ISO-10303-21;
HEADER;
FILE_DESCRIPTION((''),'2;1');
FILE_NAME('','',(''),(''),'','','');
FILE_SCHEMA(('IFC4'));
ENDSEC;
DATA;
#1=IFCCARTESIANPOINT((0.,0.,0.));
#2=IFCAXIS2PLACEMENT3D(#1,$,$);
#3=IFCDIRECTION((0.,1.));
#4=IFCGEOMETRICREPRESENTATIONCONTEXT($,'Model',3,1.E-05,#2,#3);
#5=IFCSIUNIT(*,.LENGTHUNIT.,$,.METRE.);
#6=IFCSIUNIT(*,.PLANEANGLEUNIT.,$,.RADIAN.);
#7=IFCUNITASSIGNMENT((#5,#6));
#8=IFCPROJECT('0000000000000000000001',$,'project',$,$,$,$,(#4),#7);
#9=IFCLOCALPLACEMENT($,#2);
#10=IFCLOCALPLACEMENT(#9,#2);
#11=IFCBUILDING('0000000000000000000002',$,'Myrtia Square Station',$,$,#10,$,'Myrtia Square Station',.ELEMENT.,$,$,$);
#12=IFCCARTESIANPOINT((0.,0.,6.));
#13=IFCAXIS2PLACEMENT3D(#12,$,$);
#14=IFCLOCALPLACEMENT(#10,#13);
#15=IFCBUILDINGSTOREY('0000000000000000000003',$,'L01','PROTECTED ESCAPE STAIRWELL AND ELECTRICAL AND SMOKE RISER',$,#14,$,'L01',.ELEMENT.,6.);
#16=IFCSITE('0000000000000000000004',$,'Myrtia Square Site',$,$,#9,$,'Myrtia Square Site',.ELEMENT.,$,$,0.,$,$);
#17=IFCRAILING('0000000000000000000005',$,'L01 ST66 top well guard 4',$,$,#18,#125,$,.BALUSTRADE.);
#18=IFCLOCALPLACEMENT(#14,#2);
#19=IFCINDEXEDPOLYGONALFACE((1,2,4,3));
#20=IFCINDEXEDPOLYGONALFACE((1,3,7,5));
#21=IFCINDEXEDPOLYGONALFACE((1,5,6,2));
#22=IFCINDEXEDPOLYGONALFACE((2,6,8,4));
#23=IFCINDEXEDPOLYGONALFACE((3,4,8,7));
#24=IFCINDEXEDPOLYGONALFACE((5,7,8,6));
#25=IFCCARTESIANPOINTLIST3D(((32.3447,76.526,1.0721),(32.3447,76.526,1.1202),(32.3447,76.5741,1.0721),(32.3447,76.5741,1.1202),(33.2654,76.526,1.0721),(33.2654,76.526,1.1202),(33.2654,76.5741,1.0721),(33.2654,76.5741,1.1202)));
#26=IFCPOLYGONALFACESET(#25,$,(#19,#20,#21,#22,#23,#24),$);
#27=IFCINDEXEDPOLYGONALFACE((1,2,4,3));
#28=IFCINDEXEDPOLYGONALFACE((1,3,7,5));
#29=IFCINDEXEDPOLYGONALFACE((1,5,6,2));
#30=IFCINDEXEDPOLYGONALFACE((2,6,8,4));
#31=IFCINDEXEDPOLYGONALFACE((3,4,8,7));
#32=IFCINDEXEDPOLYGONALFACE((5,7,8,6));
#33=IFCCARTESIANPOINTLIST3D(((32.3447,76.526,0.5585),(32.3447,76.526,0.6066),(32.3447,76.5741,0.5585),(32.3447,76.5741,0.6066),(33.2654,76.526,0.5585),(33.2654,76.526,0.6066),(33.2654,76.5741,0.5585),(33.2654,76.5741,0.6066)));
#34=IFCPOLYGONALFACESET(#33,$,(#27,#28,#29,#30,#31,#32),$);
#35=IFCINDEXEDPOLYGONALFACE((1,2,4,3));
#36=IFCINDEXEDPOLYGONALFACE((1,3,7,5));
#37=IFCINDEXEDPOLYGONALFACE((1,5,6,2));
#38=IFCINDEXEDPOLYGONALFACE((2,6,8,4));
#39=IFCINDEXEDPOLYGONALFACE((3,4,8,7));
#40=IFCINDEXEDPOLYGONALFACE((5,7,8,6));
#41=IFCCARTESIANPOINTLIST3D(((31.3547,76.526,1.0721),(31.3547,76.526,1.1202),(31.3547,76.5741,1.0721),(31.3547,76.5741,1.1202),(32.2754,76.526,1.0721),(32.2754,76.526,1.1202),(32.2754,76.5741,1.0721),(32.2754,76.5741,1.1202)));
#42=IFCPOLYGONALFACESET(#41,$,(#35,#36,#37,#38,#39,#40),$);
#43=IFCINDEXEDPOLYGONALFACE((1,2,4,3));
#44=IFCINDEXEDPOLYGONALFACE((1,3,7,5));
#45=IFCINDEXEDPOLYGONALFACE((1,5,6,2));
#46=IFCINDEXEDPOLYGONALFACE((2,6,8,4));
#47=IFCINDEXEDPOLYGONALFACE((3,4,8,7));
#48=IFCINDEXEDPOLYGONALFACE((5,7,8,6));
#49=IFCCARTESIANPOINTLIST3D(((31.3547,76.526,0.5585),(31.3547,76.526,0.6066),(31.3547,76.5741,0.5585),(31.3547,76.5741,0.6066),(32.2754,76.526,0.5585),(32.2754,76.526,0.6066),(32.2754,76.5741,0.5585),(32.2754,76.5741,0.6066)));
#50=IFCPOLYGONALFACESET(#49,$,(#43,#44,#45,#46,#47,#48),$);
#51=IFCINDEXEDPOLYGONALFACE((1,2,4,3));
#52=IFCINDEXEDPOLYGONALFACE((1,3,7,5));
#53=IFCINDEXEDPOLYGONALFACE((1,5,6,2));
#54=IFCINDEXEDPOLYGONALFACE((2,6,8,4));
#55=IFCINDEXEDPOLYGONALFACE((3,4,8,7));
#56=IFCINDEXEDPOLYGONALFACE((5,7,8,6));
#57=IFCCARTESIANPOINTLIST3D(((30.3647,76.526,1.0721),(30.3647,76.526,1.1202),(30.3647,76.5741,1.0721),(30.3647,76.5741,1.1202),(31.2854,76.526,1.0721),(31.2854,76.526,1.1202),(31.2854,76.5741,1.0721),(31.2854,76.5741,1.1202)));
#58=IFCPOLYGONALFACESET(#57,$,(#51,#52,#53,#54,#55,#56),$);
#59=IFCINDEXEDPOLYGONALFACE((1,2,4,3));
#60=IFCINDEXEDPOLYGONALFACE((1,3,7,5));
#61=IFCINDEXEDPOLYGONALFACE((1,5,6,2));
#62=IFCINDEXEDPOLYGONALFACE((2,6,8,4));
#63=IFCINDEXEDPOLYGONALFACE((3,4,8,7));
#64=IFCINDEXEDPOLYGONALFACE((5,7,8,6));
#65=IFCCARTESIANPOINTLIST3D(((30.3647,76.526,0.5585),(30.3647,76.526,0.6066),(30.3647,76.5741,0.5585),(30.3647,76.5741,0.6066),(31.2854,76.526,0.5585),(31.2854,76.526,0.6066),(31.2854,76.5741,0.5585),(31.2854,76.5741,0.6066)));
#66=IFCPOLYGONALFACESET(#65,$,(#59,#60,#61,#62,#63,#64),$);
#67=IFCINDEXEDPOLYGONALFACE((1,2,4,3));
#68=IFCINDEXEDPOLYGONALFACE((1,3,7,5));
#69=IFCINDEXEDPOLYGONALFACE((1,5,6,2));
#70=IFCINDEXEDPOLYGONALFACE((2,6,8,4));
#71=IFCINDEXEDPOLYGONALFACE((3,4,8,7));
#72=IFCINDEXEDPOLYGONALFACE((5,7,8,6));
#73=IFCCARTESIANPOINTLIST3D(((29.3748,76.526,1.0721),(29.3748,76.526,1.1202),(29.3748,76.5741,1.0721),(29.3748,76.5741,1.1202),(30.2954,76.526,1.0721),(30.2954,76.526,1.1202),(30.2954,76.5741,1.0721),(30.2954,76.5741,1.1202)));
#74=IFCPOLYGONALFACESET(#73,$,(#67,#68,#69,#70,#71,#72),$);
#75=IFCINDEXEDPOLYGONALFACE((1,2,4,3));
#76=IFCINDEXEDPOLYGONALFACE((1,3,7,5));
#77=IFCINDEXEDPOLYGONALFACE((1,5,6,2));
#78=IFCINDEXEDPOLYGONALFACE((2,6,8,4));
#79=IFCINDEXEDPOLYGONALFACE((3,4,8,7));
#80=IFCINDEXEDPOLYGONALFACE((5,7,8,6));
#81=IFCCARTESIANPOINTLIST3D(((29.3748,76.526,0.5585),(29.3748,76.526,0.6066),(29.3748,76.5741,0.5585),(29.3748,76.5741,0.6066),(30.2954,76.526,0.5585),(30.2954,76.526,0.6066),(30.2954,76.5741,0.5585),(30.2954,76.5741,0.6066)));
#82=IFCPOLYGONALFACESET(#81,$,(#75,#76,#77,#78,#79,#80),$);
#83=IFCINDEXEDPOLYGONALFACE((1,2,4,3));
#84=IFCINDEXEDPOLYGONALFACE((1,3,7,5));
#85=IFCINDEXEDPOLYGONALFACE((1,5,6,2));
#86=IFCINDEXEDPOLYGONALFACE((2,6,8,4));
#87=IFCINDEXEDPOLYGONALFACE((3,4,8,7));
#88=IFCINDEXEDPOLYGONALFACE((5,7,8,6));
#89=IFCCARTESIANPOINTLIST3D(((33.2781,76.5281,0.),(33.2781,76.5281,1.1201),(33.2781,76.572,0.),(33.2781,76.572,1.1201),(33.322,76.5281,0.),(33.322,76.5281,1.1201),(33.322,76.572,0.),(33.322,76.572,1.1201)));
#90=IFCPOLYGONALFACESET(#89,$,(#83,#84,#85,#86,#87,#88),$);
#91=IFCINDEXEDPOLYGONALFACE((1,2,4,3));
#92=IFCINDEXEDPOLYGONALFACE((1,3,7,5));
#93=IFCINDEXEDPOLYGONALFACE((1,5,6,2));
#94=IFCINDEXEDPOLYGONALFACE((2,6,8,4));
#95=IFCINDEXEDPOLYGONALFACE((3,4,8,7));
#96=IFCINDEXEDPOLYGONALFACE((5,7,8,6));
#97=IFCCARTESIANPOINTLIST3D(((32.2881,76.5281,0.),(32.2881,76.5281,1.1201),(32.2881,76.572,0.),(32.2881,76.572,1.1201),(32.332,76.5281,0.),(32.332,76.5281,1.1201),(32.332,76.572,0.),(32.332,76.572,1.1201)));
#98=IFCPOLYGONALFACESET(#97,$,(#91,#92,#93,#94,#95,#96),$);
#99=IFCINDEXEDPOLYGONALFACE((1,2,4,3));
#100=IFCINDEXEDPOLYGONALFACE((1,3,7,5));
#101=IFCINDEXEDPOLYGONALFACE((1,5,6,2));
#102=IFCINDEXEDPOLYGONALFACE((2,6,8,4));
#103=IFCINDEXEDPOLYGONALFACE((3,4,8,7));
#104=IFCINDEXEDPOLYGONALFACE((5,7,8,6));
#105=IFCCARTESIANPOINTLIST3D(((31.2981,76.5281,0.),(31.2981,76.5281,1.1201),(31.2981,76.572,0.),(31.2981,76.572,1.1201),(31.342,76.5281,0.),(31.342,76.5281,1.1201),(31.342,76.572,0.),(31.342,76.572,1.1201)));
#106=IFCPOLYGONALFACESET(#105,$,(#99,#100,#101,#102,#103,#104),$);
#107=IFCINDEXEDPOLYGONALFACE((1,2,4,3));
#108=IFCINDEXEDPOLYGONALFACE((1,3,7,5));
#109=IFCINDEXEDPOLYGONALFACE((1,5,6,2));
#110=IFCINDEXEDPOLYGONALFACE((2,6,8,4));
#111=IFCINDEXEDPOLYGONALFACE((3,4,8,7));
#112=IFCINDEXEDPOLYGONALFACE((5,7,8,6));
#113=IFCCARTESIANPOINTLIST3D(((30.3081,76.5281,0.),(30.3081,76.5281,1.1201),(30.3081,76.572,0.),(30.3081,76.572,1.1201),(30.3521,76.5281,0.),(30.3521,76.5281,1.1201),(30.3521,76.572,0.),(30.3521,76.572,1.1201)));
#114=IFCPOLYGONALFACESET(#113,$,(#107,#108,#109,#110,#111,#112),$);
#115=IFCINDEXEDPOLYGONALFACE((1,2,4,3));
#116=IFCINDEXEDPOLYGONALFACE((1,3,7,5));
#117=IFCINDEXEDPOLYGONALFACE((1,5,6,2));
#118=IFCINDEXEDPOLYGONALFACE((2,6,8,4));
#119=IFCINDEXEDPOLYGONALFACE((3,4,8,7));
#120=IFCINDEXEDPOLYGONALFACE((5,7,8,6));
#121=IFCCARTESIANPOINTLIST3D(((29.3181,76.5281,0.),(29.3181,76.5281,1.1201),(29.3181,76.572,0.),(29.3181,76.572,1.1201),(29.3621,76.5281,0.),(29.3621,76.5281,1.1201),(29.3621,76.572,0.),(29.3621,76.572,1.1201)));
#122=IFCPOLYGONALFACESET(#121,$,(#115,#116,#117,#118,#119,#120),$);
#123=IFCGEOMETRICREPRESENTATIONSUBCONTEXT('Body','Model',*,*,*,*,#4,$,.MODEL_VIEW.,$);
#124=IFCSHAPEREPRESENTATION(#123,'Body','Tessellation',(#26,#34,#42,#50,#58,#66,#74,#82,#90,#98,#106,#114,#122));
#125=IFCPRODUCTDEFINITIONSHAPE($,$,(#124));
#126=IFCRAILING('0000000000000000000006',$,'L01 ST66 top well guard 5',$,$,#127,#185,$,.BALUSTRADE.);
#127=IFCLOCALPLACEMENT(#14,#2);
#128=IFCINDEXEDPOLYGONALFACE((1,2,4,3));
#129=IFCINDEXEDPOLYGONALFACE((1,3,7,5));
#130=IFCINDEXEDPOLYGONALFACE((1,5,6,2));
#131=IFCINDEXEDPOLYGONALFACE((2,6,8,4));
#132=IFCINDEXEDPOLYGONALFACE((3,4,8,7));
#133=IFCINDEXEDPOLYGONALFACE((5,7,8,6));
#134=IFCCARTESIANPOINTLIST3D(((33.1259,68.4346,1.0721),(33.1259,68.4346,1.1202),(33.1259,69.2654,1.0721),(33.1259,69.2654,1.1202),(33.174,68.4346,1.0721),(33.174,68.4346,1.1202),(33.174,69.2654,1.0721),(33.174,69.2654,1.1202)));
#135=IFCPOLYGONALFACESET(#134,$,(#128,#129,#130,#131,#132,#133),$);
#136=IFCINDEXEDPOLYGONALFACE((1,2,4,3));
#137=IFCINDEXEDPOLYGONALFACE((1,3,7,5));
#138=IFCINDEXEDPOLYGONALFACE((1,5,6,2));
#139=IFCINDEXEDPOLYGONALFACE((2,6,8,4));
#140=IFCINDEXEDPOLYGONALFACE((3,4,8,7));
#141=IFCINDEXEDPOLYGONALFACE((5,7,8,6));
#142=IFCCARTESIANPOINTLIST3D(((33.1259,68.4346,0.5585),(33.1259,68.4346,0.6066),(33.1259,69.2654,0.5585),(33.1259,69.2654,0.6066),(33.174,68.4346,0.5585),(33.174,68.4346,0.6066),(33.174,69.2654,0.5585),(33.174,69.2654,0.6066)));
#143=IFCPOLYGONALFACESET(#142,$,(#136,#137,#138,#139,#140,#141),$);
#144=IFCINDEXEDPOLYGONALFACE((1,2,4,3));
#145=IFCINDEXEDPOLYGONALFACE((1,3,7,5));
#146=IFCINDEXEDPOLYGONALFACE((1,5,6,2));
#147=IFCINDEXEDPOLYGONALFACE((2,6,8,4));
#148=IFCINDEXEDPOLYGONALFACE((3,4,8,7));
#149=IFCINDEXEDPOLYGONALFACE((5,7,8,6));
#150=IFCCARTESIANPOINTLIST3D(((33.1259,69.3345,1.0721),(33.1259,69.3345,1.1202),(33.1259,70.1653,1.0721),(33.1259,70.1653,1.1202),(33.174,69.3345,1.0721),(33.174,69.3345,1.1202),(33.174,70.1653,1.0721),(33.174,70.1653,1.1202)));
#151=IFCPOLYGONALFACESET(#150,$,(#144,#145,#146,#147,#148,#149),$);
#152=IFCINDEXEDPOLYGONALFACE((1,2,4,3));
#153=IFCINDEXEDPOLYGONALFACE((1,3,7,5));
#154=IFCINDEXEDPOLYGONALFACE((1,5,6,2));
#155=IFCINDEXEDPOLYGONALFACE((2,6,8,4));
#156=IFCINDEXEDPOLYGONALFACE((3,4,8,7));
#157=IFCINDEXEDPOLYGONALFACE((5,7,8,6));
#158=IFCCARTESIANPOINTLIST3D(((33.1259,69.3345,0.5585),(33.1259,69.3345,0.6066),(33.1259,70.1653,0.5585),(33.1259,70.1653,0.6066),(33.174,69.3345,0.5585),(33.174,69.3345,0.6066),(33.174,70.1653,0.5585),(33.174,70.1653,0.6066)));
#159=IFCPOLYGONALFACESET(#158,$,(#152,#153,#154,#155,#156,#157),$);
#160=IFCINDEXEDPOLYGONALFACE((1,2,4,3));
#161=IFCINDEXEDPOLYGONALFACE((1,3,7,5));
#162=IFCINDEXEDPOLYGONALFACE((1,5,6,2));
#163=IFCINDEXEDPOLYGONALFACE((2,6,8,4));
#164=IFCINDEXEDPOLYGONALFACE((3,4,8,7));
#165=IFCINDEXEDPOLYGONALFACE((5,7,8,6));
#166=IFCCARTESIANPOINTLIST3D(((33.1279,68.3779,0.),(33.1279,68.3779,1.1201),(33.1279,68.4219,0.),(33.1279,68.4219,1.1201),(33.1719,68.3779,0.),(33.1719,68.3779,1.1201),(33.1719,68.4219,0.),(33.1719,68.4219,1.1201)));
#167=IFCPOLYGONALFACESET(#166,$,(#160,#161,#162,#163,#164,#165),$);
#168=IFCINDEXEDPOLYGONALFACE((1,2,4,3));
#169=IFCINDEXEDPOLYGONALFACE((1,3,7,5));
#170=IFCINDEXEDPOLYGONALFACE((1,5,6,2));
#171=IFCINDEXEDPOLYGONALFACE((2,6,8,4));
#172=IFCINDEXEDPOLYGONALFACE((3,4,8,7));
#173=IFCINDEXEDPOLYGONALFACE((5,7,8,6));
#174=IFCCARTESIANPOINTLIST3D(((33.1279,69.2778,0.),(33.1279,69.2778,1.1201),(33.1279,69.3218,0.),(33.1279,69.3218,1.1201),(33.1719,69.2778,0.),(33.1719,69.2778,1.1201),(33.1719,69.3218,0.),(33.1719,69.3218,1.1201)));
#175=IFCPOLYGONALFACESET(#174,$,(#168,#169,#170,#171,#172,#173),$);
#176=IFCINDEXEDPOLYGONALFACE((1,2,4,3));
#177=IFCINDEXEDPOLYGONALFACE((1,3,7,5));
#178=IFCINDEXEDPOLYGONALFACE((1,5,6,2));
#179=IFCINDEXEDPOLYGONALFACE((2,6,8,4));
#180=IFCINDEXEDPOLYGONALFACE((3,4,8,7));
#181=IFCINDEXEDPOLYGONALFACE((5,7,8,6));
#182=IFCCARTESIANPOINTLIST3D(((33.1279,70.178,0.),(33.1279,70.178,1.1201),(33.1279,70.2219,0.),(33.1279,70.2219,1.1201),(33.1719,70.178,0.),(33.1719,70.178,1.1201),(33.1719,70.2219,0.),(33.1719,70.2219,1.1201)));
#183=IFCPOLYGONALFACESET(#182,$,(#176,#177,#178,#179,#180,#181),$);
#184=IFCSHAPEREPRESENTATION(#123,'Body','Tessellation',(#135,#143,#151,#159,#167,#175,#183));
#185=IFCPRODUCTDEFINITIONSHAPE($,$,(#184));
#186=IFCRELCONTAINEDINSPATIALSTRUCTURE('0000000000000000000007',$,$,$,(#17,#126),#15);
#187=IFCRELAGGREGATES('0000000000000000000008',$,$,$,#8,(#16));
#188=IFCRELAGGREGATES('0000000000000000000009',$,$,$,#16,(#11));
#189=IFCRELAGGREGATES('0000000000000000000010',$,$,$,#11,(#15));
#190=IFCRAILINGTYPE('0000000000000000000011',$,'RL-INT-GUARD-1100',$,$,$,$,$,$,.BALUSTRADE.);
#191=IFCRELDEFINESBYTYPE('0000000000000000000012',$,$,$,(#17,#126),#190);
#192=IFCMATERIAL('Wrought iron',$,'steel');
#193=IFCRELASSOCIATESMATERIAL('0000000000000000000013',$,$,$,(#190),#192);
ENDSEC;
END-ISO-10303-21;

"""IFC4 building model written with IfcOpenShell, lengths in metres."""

from ifc_helpers import new_model, si_unit, direction, frame, origin, origin_2d, place, context, subcontext, project, spatial, rectangle, extrude, material, type_object, element, save


model = new_model("IFC4")

# Units and contexts
model_context = context("Model", 3, precision=1e-05, world=origin(), true_north=direction((0.0, 1.0)))
body_context = subcontext(model_context, "Body", "Model", "MODEL_VIEW")
ifc_project = project(units=[si_unit("LENGTHUNIT", "METRE"), si_unit("PLANEANGLEUNIT", "RADIAN")], contexts=[model_context])

# Site, building, storey
site_placement = place(None, origin())
site = spatial("IfcSite", under=ifc_project, at=site_placement, Name="Myrtia Square Site", LongName="Myrtia Square Site", CompositionType="ELEMENT", RefElevation=0.0)
building_placement = place(site_placement, origin())
building = spatial("IfcBuilding", under=site, at=building_placement, Name="Myrtia Square Station", LongName="Myrtia Square Station", CompositionType="ELEMENT")
storey_placement = place(building_placement, frame((0.0, 0.0, 6.0)))
storey = spatial("IfcBuildingStorey", under=building, at=storey_placement, Name="L01", Description="PROTECTED ESCAPE STAIRWELL AND ELECTRICAL AND SMOKE RISER", LongName="L01", CompositionType="ELEMENT", Elevation=6.0)

# Railings
ifc_material_1 = material(Name="Wrought iron", Category="steel")
railing_type = type_object("IfcRailingType", Name="RL-INT-GUARD-1100", PredefinedType="BALUSTRADE", material=ifc_material_1)
railing_1_placement = place(storey_placement, frame((33.3, 76.55, 0.0)))
element("IfcRailing", 1, at=railing_1_placement, inside=storey, type_object=railing_type, Name="L01 ST66 top well guard 4", PredefinedType="BALUSTRADE", context=body_context, shape_type="SweptSolid", body=[
    extrude(rectangle(XDim=0.0481, YDim=0.0481, at=origin_2d()), frame((-0.0347, 0.0, 1.0962), z_axis=(-1.0, 0.0, 0.0), x_axis=(0.0, -1.0, 0.0)), (0.0, 0.0, 1.0), 0.9207),
    extrude(rectangle(XDim=0.0481, YDim=0.0481, at=origin_2d()), frame((-0.0347, 0.0, 0.5825), z_axis=(-1.0, 0.0, 0.0), x_axis=(0.0, -1.0, 0.0)), (0.0, 0.0, 1.0), 0.9207),
    extrude(rectangle(XDim=0.0481, YDim=0.0481, at=origin_2d()), frame((-1.0247, 0.0, 1.0962), z_axis=(-1.0, 0.0, 0.0), x_axis=(0.0, -1.0, 0.0)), (0.0, 0.0, 1.0), 0.9207),
    extrude(rectangle(XDim=0.0481, YDim=0.0481, at=origin_2d()), frame((-1.0247, 0.0, 0.5825), z_axis=(-1.0, 0.0, 0.0), x_axis=(0.0, -1.0, 0.0)), (0.0, 0.0, 1.0), 0.9207),
    extrude(rectangle(XDim=0.0481, YDim=0.0481, at=origin_2d()), frame((-2.0146, 0.0, 1.0962), z_axis=(-1.0, 0.0, 0.0), x_axis=(0.0, -1.0, 0.0)), (0.0, 0.0, 1.0), 0.9207),
    extrude(rectangle(XDim=0.0481, YDim=0.0481, at=origin_2d()), frame((-2.0146, 0.0, 0.5825), z_axis=(-1.0, 0.0, 0.0), x_axis=(0.0, -1.0, 0.0)), (0.0, 0.0, 1.0), 0.9207),
    extrude(rectangle(XDim=0.0481, YDim=0.0481, at=origin_2d()), frame((-3.0046, 0.0, 1.0962), z_axis=(-1.0, 0.0, 0.0), x_axis=(0.0, -1.0, 0.0)), (0.0, 0.0, 1.0), 0.9207),
    extrude(rectangle(XDim=0.0481, YDim=0.0481, at=origin_2d()), frame((-3.0046, 0.0, 0.5825), z_axis=(-1.0, 0.0, 0.0), x_axis=(0.0, -1.0, 0.0)), (0.0, 0.0, 1.0), 0.9207),
    extrude(rectangle(XDim=0.0439, YDim=0.0439, at=origin_2d()), origin(), (0.0, 0.0, 1.0), 1.1201),
    extrude(rectangle(XDim=0.0439, YDim=0.0439, at=origin_2d()), frame((-0.99, 0.0, 0.0)), (0.0, 0.0, 1.0), 1.1201),
    extrude(rectangle(XDim=0.0439, YDim=0.0439, at=origin_2d()), frame((-1.98, 0.0, 0.0)), (0.0, 0.0, 1.0), 1.1201),
    extrude(rectangle(XDim=0.0439, YDim=0.0439, at=origin_2d()), frame((-2.97, 0.0, 0.0)), (0.0, 0.0, 1.0), 1.1201),
    extrude(rectangle(XDim=0.0439, YDim=0.0439, at=origin_2d()), frame((-3.96, 0.0, 0.0)), (0.0, 0.0, 1.0), 1.1201),
])
railing_2_placement = place(storey_placement, frame((33.1499, 68.3999, 0.0)))
element("IfcRailing", 2, at=railing_2_placement, inside=storey, type_object=railing_type, Name="L01 ST66 top well guard 5", PredefinedType="BALUSTRADE", context=body_context, shape_type="SweptSolid", body=[
    extrude(rectangle(XDim=0.0481, YDim=0.0481, at=origin_2d()), frame((0.0, 0.0347, 1.0962), z_axis=(0.0, 1.0, 0.0), x_axis=(-1.0, 0.0, 0.0)), (0.0, 0.0, 1.0), 0.8308),
    extrude(rectangle(XDim=0.0481, YDim=0.0481, at=origin_2d()), frame((0.0, 0.0347, 0.5825), z_axis=(0.0, 1.0, 0.0), x_axis=(-1.0, 0.0, 0.0)), (0.0, 0.0, 1.0), 0.8308),
    extrude(rectangle(XDim=0.0481, YDim=0.0481, at=origin_2d()), frame((0.0, 0.9346, 1.0962), z_axis=(0.0, 1.0, 0.0), x_axis=(-1.0, 0.0, 0.0)), (0.0, 0.0, 1.0), 0.8308),
    extrude(rectangle(XDim=0.0481, YDim=0.0481, at=origin_2d()), frame((0.0, 0.9346, 0.5825), z_axis=(0.0, 1.0, 0.0), x_axis=(-1.0, 0.0, 0.0)), (0.0, 0.0, 1.0), 0.8308),
    extrude(rectangle(XDim=0.0439, YDim=0.0439, at=origin_2d()), origin(), (0.0, 0.0, 1.0), 1.1201),
    extrude(rectangle(XDim=0.0439, YDim=0.0439, at=origin_2d()), frame((0.0, 0.8999, 0.0)), (0.0, 0.0, 1.0), 1.1201),
    extrude(rectangle(XDim=0.0439, YDim=0.0439, at=origin_2d()), frame((0.0, 1.8, 0.0)), (0.0, 0.0, 1.0), 1.1201),
])

save(model, "model.ifc")
